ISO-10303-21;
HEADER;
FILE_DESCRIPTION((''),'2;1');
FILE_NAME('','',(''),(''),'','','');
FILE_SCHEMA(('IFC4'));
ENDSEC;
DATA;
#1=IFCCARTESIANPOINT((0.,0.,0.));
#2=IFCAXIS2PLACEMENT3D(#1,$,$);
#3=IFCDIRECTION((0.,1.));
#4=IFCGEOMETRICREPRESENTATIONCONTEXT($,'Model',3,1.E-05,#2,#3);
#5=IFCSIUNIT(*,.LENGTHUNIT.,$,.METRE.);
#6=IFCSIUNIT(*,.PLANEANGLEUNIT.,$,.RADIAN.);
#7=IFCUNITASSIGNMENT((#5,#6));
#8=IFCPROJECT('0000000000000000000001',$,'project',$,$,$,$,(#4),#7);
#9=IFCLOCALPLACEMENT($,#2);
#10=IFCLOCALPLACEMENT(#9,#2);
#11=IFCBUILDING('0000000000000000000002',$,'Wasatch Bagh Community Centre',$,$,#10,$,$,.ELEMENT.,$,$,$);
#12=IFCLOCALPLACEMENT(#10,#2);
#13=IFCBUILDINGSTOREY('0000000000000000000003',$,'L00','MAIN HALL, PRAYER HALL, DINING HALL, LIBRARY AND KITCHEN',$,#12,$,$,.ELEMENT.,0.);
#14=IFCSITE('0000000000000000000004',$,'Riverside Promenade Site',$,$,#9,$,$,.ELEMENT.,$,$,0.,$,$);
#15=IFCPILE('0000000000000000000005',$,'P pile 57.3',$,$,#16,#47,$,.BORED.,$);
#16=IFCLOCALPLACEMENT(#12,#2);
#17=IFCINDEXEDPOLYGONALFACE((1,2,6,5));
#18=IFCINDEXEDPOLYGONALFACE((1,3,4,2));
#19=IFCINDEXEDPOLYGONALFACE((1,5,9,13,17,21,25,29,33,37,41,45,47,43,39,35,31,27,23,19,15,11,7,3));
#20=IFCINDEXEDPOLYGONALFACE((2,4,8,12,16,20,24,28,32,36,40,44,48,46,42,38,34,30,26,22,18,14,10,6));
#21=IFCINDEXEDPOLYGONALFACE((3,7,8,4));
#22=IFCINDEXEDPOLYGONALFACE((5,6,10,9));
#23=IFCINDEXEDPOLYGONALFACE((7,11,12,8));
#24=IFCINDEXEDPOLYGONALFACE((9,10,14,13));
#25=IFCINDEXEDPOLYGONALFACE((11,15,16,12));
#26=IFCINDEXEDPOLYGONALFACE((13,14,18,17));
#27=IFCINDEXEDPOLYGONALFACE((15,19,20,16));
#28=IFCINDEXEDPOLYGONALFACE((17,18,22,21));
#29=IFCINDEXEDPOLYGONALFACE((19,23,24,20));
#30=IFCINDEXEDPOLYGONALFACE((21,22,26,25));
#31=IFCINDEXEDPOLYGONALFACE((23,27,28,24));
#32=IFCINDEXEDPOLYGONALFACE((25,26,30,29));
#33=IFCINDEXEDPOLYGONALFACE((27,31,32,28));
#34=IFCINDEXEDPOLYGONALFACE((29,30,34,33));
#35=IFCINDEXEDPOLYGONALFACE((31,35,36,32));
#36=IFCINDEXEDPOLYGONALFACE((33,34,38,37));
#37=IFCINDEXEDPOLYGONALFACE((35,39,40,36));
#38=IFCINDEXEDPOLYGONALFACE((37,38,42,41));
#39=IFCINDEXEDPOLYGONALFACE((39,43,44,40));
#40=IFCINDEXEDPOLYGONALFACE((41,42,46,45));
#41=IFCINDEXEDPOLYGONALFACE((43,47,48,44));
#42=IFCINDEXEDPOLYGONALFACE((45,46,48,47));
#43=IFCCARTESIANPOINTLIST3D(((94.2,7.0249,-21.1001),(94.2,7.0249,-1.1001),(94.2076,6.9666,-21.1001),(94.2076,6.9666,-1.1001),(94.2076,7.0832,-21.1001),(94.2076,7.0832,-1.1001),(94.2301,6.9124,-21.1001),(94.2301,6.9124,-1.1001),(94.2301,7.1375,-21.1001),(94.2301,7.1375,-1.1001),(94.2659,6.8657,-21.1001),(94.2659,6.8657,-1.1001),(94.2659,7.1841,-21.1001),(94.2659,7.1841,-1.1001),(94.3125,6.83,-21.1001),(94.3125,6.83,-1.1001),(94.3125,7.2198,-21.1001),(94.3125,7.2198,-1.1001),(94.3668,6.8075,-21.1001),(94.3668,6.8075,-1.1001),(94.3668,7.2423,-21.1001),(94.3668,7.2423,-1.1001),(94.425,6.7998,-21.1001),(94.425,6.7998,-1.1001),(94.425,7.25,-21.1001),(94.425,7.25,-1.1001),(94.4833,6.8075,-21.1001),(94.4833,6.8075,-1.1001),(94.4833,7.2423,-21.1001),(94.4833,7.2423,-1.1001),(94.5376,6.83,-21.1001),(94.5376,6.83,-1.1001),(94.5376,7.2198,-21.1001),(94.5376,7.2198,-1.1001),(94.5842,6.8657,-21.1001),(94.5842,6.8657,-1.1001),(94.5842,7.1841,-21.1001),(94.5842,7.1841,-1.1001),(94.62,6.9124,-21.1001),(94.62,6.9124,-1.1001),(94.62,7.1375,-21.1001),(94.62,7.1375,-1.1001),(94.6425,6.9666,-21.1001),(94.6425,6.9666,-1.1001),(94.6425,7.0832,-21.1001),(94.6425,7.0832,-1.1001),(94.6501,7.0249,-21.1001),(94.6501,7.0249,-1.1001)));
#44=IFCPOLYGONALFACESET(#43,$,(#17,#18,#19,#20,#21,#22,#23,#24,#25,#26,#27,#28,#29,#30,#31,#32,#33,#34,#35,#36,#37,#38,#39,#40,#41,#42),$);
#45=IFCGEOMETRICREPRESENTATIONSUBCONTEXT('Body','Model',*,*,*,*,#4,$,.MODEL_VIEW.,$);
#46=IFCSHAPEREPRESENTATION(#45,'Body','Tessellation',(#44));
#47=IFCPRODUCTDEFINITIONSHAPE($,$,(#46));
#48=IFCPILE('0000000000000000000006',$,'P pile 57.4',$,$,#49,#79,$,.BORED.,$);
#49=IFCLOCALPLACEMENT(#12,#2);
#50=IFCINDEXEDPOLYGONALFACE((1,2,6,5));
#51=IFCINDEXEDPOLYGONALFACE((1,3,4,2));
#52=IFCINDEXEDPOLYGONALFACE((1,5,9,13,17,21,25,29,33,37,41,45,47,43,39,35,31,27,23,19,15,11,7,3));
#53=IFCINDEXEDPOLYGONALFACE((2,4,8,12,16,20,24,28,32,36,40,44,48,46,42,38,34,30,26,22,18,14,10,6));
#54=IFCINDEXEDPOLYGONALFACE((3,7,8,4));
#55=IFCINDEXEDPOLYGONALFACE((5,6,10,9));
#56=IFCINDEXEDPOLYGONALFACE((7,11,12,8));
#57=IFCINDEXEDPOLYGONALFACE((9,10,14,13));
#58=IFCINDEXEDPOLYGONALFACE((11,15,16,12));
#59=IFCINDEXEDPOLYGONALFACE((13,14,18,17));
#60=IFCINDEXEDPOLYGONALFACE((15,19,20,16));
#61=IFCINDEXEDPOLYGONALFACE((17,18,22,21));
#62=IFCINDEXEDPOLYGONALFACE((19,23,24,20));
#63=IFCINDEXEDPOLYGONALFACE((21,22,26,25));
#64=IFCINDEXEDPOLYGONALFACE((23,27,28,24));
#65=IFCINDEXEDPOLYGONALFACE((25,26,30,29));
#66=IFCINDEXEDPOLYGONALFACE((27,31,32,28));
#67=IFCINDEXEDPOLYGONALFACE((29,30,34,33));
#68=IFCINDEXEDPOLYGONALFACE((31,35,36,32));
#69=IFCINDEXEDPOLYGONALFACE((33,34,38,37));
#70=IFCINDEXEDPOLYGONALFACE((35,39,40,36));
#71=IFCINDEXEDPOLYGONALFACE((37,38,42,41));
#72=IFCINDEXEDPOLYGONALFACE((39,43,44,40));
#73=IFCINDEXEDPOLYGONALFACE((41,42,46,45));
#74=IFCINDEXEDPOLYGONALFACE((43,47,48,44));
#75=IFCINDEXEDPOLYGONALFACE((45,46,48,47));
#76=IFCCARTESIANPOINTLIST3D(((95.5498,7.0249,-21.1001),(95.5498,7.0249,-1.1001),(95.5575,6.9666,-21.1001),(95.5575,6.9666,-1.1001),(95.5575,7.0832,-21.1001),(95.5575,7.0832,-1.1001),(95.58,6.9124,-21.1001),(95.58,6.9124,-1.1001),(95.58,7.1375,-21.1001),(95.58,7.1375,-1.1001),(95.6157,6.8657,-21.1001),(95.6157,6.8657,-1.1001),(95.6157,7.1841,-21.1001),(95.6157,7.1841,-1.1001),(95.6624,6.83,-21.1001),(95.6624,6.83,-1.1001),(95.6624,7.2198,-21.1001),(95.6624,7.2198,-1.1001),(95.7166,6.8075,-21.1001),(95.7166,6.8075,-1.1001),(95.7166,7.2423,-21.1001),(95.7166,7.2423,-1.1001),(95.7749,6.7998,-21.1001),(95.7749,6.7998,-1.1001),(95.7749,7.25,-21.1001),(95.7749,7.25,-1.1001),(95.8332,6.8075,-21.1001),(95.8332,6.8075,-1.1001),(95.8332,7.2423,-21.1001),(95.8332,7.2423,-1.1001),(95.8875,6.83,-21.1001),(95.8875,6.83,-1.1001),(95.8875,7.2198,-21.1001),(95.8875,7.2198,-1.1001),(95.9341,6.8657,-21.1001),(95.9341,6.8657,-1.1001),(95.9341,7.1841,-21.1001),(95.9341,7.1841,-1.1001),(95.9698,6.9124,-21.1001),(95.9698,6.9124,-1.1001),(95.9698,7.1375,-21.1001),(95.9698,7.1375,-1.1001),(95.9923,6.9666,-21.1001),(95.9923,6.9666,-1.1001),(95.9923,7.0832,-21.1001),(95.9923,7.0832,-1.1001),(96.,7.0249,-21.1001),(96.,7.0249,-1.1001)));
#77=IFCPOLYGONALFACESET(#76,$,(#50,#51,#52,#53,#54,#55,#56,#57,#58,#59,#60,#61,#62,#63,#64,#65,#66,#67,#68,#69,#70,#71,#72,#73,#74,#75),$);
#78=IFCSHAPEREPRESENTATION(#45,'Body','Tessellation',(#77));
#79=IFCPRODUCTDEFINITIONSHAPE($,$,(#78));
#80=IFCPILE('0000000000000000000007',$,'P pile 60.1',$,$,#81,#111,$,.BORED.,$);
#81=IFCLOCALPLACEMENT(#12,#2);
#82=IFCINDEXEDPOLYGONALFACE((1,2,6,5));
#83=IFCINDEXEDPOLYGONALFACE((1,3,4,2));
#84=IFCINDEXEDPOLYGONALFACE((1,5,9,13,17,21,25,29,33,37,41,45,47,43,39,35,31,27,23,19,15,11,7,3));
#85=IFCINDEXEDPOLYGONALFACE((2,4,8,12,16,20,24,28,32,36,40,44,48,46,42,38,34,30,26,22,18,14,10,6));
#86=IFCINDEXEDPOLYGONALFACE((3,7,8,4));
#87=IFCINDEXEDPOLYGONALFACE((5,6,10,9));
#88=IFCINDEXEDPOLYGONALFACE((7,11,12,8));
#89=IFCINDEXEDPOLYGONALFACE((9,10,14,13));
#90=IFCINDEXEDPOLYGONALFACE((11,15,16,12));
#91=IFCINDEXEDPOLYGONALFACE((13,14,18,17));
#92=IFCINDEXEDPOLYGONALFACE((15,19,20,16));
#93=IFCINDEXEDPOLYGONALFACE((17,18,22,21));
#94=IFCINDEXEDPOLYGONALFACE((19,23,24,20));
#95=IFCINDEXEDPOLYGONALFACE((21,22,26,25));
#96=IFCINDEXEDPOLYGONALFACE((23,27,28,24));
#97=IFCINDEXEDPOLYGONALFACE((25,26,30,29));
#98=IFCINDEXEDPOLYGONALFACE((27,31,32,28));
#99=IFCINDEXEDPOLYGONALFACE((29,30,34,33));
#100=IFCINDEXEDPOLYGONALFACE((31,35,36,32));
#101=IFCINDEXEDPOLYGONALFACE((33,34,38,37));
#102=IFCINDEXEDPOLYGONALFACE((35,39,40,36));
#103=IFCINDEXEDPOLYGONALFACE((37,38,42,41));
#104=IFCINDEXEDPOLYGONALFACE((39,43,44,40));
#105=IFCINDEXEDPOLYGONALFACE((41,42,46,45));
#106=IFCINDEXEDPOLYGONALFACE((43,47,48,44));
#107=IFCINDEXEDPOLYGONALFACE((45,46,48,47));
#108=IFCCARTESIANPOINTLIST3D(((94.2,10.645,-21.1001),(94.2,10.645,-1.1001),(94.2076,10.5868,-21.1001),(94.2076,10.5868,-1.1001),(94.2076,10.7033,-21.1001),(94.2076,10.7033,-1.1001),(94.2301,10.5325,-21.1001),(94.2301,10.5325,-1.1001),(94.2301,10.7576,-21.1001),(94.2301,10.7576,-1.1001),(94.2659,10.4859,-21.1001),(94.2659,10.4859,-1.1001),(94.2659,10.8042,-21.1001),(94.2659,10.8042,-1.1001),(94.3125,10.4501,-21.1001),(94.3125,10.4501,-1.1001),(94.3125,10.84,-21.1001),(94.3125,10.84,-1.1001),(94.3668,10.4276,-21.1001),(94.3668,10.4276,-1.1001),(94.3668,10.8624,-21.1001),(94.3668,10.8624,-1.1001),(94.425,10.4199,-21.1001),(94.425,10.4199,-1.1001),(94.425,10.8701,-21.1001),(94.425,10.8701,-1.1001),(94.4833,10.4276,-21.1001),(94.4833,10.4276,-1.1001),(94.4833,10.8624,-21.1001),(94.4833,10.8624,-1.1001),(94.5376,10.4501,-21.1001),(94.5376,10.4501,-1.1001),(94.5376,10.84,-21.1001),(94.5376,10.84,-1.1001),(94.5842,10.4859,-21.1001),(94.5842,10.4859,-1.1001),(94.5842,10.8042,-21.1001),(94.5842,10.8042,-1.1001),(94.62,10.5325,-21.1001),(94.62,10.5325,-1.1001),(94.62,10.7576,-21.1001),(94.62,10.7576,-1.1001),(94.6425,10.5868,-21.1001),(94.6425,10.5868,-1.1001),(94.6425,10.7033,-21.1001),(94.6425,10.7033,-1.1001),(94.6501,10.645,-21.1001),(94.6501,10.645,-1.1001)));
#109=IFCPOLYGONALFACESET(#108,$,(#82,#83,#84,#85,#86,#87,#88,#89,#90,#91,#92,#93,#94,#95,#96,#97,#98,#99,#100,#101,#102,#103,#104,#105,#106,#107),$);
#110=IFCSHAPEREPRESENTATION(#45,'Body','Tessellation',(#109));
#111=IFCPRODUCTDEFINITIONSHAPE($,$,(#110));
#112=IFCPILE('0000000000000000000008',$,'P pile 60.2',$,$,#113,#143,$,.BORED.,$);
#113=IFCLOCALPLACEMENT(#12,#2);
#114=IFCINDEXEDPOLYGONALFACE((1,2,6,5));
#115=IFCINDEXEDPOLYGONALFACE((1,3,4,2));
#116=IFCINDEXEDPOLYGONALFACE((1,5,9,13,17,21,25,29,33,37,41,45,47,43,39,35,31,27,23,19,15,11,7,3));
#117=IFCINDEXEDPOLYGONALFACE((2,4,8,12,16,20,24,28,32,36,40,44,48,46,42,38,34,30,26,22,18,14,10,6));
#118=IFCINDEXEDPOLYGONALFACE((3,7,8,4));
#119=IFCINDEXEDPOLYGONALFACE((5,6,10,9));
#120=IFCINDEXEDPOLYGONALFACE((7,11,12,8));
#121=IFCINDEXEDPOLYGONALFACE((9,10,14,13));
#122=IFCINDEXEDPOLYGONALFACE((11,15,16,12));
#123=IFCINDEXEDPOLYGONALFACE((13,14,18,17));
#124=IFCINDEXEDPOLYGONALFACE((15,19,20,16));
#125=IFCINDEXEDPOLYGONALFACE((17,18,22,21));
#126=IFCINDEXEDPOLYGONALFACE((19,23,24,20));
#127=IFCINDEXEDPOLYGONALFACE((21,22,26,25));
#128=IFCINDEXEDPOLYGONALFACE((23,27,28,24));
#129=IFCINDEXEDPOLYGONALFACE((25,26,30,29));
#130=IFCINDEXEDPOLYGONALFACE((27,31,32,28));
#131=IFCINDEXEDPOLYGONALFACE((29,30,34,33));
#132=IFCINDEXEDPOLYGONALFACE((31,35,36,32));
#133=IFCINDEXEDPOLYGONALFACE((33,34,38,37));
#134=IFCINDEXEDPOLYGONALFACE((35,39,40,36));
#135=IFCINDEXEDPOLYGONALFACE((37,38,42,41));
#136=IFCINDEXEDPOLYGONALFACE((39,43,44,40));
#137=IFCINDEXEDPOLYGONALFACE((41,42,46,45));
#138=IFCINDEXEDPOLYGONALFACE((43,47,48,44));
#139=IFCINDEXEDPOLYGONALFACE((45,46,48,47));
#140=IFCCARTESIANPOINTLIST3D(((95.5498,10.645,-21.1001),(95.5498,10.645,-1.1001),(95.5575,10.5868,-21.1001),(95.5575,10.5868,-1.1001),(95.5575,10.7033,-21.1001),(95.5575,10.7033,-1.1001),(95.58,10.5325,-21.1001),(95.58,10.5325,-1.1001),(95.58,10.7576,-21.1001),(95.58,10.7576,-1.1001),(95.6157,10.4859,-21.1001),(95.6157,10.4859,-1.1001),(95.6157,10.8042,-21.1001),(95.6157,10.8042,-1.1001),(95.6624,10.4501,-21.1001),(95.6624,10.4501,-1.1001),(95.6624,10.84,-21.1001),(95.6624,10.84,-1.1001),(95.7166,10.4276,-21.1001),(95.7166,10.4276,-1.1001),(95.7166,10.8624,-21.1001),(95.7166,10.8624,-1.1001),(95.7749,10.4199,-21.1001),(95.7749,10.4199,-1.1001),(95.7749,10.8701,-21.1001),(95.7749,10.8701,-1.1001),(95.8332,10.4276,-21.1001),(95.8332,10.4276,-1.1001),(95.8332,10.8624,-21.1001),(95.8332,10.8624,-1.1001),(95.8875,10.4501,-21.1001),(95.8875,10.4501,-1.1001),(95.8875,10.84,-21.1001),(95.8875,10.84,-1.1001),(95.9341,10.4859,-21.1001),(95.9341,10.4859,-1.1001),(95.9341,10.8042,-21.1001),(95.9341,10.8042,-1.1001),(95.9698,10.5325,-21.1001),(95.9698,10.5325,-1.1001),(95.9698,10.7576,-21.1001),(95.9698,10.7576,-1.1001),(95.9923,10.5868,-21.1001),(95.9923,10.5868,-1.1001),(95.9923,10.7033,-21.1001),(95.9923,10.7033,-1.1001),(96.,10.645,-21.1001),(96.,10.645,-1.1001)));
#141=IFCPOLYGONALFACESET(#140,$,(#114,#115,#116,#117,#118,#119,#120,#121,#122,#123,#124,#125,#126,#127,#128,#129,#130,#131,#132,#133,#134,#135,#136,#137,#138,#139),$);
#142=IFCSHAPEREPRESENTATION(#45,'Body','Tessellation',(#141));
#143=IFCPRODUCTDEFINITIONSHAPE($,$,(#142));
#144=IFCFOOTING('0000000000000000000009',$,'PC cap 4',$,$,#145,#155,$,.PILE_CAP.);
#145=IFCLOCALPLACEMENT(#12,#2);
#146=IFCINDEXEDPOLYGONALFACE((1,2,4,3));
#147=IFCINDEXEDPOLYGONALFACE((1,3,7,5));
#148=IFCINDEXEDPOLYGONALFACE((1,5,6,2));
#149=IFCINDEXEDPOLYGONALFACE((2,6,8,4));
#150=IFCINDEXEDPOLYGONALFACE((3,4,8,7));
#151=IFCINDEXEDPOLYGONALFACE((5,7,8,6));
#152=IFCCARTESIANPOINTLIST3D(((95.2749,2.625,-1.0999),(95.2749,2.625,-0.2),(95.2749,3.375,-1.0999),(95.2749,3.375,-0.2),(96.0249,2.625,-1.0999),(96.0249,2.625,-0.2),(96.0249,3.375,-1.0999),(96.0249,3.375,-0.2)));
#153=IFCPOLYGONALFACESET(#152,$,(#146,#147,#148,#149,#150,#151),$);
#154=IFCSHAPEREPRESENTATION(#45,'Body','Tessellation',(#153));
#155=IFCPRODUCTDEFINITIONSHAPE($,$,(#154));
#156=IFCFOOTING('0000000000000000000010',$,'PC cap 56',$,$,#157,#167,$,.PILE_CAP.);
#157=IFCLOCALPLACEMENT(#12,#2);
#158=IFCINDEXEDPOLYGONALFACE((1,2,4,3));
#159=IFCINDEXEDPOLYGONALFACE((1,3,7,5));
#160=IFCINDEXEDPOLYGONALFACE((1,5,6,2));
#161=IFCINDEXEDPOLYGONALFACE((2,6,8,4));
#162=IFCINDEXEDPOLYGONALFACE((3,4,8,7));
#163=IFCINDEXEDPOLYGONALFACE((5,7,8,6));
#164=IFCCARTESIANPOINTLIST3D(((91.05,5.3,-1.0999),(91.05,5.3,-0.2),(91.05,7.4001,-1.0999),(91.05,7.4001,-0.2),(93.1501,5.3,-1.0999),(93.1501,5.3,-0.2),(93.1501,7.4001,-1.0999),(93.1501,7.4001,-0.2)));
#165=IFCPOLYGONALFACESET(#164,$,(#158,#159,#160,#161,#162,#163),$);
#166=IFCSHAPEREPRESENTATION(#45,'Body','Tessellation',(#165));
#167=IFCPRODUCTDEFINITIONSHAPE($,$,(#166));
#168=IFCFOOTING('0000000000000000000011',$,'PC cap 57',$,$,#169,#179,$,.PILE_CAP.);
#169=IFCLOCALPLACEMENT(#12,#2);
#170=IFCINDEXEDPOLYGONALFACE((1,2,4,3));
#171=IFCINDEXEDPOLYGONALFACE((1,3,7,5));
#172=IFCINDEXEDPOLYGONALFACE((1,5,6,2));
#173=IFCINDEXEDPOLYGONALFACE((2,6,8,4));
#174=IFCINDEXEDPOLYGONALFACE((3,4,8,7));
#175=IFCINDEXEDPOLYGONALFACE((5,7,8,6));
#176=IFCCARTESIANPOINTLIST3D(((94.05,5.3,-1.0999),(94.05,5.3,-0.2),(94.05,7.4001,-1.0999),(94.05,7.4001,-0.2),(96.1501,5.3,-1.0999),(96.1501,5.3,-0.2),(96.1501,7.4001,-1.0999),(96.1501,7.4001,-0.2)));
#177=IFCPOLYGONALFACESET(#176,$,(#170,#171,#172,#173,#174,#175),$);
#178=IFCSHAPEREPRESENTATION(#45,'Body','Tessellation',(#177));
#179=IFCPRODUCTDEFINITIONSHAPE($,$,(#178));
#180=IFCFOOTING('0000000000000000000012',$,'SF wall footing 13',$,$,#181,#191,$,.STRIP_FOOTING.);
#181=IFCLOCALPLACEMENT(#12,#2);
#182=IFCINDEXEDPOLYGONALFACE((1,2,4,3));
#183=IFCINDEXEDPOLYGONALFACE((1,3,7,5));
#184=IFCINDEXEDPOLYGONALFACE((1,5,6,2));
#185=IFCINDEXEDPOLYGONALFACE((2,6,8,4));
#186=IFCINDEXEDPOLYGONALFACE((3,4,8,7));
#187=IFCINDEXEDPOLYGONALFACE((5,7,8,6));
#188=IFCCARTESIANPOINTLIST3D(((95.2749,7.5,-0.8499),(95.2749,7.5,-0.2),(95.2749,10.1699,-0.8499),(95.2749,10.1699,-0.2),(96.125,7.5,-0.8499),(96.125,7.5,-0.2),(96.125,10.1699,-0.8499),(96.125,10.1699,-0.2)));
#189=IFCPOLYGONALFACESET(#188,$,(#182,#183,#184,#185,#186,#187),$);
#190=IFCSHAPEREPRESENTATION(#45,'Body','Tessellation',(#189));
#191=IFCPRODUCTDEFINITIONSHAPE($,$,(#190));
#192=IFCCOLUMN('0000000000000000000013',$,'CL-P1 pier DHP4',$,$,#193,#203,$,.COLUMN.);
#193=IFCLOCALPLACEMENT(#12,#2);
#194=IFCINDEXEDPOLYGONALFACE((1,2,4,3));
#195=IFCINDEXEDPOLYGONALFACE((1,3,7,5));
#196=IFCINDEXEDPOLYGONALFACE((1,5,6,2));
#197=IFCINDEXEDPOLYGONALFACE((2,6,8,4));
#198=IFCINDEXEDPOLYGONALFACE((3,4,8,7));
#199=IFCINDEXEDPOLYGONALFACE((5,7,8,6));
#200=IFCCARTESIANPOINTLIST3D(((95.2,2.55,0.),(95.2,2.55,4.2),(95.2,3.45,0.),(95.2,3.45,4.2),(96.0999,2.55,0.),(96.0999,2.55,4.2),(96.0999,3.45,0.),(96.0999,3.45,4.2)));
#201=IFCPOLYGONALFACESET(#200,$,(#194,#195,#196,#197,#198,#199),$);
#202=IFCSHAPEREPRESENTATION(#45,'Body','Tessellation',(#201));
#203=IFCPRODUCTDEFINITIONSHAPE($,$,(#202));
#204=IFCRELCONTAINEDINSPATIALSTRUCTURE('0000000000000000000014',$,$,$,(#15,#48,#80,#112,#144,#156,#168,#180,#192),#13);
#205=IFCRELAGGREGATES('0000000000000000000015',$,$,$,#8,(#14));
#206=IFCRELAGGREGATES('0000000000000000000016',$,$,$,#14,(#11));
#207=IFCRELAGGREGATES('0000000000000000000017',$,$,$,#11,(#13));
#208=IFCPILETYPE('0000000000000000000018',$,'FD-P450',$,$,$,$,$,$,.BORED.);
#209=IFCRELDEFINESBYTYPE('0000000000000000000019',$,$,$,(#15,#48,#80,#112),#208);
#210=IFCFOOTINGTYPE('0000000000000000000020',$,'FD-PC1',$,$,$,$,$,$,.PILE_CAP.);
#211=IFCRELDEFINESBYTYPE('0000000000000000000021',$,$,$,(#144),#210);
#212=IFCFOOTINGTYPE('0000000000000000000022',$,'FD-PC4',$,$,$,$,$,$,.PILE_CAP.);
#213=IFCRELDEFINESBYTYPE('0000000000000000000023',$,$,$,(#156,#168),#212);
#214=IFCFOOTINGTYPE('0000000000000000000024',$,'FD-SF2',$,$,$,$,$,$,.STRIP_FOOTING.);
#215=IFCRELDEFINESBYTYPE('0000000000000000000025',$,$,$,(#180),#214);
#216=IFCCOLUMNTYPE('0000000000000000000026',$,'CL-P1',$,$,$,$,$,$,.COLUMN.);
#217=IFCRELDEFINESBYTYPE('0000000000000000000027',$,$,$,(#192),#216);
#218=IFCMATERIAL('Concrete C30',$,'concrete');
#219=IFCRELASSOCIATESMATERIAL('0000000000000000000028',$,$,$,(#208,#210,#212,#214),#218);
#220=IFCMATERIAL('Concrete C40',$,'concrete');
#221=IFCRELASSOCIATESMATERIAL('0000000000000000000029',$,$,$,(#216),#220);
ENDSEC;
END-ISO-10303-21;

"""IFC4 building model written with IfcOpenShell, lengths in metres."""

from ifc_helpers import new_model, si_unit, direction, frame, origin, origin_2d, place, context, subcontext, project, spatial, rectangle, circle, extrude, material, material_profile, profile_set, type_object, element, save


model = new_model("IFC4")

# Units and contexts
model_context = context("Model", 3, precision=1e-05, world=origin(), true_north=direction((0.0, 1.0)))
body_context = subcontext(model_context, "Body", "Model", "MODEL_VIEW")
ifc_project = project(units=[si_unit("LENGTHUNIT", "METRE"), si_unit("PLANEANGLEUNIT", "RADIAN")], contexts=[model_context])

# Site, building, storey
site_placement = place(None, origin())
site = spatial("IfcSite", under=ifc_project, at=site_placement, Name="Riverside Promenade Site", CompositionType="ELEMENT", RefElevation=0.0)
building_placement = place(site_placement, origin())
building = spatial("IfcBuilding", under=site, at=building_placement, Name="Wasatch Bagh Community Centre", CompositionType="ELEMENT")
storey_placement = place(building_placement, origin())
storey = spatial("IfcBuildingStorey", under=building, at=storey_placement, Name="L00", Description="MAIN HALL, PRAYER HALL, DINING HALL, LIBRARY AND KITCHEN", CompositionType="ELEMENT", Elevation=0.0)

# Piles
ifc_material_1 = material(Name="Concrete C30", Category="concrete")
ifc_material_profile_1 = material_profile(ifc_material_1, circle(Radius=0.2251, at=origin_2d()), Name="RC D450")
ifc_profile_set_1 = profile_set([ifc_material_profile_1], Name="Concrete C30")
pile_type = type_object("IfcPileType", Name="FD-P450", PredefinedType="BORED", material=ifc_profile_set_1)
for number, where, z_axis, x_axis, name in (
    (1, (94.425, 7.0249, -1.1001), (0.0, 0.0, -1.0), (1.0, 0.0, 0.0), "P pile 57.3"),
    (2, (95.7749, 7.0249, -1.1001), (0.0, 0.0, -1.0), (1.0, 0.0, 0.0), "P pile 57.4"),
    (3, (94.425, 10.645, -1.1001), (0.0, 0.0, -1.0), (1.0, 0.0, 0.0), "P pile 60.1"),
    (4, (95.7749, 10.645, -1.1001), (0.0, 0.0, -1.0), (1.0, 0.0, 0.0), "P pile 60.2"),
):
    element("IfcPile", number, at=place(storey_placement, frame(where, z_axis=z_axis, x_axis=x_axis)), inside=storey, type_object=pile_type, Name=name, PredefinedType="BORED", context=body_context, shape_type="SweptSolid", body=[
        extrude(circle(Radius=0.2251, at=origin_2d()), origin(), (0.0, 0.0, 1.0), 20.0),
    ])

# Footings
footing_type_1 = type_object("IfcFootingType", Name="FD-PC1", PredefinedType="PILE_CAP", material=ifc_material_1)
footing_1_placement = place(storey_placement, frame((95.6499, 3.0, -1.0999), z_axis=(0.0, 0.0, 1.0), x_axis=(1.0, 0.0, 0.0)))
element("IfcFooting", 5, at=footing_1_placement, inside=storey, type_object=footing_type_1, Name="PC cap 4", PredefinedType="PILE_CAP", context=body_context, shape_type="SweptSolid", body=[
    extrude(rectangle(XDim=0.75, YDim=0.75, at=origin_2d()), origin(), (0.0, 0.0, 1.0), 0.8999),
])
footing_type_2 = type_object("IfcFootingType", Name="FD-PC4", PredefinedType="PILE_CAP", material=ifc_material_1)
for number, where, z_axis, x_axis, name in (
    (6, (92.1001, 6.3501, -1.0999), (0.0, 0.0, 1.0), (1.0, 0.0, 0.0), "PC cap 56"),
    (7, (95.1001, 6.3501, -1.0999), (0.0, 0.0, 1.0), (1.0, 0.0, 0.0), "PC cap 57"),
):
    element("IfcFooting", number, at=place(storey_placement, frame(where, z_axis=z_axis, x_axis=x_axis)), inside=storey, type_object=footing_type_2, Name=name, PredefinedType="PILE_CAP", context=body_context, shape_type="SweptSolid", body=[
        extrude(rectangle(XDim=2.1001, YDim=2.1001, at=origin_2d()), origin(), (0.0, 0.0, 1.0), 0.8999),
    ])
footing_type_3 = type_object("IfcFootingType", Name="FD-SF2", PredefinedType="STRIP_FOOTING", material=ifc_material_1)
footing_2_placement = place(storey_placement, frame((95.7, 8.835, -0.8499), z_axis=(0.0, 0.0, 1.0), x_axis=(0.0, 1.0, 0.0)))
element("IfcFooting", 8, at=footing_2_placement, inside=storey, type_object=footing_type_3, Name="SF wall footing 13", PredefinedType="STRIP_FOOTING", context=body_context, shape_type="SweptSolid", body=[
    extrude(rectangle(XDim=2.6699, YDim=0.8501, at=origin_2d()), origin(), (0.0, 0.0, 1.0), 0.6499),
])

# Column
ifc_material_2 = material(Name="Concrete C40", Category="concrete")
ifc_material_profile_2 = material_profile(ifc_material_2, rectangle(XDim=0.8999, YDim=0.8999, at=origin_2d()), Name="RC 900x900")
ifc_profile_set_2 = profile_set([ifc_material_profile_2], Name="Concrete C40")
column_type_1 = type_object("IfcColumnType", Name="CL-P1", PredefinedType="COLUMN", material=ifc_profile_set_2)
column_1_placement = place(storey_placement, frame((95.6499, 3.0, 0.0), z_axis=(0.0, 0.0, 1.0), x_axis=(1.0, 0.0, 0.0)))
element("IfcColumn", 9, at=column_1_placement, inside=storey, type_object=column_type_1, Name="CL-P1 pier DHP4", PredefinedType="COLUMN", context=body_context, shape_type="SweptSolid", body=[
    extrude(rectangle(XDim=0.8999, YDim=0.8999, at=origin_2d()), origin(), (0.0, 0.0, 1.0), 4.2),
])

save(model, "model.ifc")
